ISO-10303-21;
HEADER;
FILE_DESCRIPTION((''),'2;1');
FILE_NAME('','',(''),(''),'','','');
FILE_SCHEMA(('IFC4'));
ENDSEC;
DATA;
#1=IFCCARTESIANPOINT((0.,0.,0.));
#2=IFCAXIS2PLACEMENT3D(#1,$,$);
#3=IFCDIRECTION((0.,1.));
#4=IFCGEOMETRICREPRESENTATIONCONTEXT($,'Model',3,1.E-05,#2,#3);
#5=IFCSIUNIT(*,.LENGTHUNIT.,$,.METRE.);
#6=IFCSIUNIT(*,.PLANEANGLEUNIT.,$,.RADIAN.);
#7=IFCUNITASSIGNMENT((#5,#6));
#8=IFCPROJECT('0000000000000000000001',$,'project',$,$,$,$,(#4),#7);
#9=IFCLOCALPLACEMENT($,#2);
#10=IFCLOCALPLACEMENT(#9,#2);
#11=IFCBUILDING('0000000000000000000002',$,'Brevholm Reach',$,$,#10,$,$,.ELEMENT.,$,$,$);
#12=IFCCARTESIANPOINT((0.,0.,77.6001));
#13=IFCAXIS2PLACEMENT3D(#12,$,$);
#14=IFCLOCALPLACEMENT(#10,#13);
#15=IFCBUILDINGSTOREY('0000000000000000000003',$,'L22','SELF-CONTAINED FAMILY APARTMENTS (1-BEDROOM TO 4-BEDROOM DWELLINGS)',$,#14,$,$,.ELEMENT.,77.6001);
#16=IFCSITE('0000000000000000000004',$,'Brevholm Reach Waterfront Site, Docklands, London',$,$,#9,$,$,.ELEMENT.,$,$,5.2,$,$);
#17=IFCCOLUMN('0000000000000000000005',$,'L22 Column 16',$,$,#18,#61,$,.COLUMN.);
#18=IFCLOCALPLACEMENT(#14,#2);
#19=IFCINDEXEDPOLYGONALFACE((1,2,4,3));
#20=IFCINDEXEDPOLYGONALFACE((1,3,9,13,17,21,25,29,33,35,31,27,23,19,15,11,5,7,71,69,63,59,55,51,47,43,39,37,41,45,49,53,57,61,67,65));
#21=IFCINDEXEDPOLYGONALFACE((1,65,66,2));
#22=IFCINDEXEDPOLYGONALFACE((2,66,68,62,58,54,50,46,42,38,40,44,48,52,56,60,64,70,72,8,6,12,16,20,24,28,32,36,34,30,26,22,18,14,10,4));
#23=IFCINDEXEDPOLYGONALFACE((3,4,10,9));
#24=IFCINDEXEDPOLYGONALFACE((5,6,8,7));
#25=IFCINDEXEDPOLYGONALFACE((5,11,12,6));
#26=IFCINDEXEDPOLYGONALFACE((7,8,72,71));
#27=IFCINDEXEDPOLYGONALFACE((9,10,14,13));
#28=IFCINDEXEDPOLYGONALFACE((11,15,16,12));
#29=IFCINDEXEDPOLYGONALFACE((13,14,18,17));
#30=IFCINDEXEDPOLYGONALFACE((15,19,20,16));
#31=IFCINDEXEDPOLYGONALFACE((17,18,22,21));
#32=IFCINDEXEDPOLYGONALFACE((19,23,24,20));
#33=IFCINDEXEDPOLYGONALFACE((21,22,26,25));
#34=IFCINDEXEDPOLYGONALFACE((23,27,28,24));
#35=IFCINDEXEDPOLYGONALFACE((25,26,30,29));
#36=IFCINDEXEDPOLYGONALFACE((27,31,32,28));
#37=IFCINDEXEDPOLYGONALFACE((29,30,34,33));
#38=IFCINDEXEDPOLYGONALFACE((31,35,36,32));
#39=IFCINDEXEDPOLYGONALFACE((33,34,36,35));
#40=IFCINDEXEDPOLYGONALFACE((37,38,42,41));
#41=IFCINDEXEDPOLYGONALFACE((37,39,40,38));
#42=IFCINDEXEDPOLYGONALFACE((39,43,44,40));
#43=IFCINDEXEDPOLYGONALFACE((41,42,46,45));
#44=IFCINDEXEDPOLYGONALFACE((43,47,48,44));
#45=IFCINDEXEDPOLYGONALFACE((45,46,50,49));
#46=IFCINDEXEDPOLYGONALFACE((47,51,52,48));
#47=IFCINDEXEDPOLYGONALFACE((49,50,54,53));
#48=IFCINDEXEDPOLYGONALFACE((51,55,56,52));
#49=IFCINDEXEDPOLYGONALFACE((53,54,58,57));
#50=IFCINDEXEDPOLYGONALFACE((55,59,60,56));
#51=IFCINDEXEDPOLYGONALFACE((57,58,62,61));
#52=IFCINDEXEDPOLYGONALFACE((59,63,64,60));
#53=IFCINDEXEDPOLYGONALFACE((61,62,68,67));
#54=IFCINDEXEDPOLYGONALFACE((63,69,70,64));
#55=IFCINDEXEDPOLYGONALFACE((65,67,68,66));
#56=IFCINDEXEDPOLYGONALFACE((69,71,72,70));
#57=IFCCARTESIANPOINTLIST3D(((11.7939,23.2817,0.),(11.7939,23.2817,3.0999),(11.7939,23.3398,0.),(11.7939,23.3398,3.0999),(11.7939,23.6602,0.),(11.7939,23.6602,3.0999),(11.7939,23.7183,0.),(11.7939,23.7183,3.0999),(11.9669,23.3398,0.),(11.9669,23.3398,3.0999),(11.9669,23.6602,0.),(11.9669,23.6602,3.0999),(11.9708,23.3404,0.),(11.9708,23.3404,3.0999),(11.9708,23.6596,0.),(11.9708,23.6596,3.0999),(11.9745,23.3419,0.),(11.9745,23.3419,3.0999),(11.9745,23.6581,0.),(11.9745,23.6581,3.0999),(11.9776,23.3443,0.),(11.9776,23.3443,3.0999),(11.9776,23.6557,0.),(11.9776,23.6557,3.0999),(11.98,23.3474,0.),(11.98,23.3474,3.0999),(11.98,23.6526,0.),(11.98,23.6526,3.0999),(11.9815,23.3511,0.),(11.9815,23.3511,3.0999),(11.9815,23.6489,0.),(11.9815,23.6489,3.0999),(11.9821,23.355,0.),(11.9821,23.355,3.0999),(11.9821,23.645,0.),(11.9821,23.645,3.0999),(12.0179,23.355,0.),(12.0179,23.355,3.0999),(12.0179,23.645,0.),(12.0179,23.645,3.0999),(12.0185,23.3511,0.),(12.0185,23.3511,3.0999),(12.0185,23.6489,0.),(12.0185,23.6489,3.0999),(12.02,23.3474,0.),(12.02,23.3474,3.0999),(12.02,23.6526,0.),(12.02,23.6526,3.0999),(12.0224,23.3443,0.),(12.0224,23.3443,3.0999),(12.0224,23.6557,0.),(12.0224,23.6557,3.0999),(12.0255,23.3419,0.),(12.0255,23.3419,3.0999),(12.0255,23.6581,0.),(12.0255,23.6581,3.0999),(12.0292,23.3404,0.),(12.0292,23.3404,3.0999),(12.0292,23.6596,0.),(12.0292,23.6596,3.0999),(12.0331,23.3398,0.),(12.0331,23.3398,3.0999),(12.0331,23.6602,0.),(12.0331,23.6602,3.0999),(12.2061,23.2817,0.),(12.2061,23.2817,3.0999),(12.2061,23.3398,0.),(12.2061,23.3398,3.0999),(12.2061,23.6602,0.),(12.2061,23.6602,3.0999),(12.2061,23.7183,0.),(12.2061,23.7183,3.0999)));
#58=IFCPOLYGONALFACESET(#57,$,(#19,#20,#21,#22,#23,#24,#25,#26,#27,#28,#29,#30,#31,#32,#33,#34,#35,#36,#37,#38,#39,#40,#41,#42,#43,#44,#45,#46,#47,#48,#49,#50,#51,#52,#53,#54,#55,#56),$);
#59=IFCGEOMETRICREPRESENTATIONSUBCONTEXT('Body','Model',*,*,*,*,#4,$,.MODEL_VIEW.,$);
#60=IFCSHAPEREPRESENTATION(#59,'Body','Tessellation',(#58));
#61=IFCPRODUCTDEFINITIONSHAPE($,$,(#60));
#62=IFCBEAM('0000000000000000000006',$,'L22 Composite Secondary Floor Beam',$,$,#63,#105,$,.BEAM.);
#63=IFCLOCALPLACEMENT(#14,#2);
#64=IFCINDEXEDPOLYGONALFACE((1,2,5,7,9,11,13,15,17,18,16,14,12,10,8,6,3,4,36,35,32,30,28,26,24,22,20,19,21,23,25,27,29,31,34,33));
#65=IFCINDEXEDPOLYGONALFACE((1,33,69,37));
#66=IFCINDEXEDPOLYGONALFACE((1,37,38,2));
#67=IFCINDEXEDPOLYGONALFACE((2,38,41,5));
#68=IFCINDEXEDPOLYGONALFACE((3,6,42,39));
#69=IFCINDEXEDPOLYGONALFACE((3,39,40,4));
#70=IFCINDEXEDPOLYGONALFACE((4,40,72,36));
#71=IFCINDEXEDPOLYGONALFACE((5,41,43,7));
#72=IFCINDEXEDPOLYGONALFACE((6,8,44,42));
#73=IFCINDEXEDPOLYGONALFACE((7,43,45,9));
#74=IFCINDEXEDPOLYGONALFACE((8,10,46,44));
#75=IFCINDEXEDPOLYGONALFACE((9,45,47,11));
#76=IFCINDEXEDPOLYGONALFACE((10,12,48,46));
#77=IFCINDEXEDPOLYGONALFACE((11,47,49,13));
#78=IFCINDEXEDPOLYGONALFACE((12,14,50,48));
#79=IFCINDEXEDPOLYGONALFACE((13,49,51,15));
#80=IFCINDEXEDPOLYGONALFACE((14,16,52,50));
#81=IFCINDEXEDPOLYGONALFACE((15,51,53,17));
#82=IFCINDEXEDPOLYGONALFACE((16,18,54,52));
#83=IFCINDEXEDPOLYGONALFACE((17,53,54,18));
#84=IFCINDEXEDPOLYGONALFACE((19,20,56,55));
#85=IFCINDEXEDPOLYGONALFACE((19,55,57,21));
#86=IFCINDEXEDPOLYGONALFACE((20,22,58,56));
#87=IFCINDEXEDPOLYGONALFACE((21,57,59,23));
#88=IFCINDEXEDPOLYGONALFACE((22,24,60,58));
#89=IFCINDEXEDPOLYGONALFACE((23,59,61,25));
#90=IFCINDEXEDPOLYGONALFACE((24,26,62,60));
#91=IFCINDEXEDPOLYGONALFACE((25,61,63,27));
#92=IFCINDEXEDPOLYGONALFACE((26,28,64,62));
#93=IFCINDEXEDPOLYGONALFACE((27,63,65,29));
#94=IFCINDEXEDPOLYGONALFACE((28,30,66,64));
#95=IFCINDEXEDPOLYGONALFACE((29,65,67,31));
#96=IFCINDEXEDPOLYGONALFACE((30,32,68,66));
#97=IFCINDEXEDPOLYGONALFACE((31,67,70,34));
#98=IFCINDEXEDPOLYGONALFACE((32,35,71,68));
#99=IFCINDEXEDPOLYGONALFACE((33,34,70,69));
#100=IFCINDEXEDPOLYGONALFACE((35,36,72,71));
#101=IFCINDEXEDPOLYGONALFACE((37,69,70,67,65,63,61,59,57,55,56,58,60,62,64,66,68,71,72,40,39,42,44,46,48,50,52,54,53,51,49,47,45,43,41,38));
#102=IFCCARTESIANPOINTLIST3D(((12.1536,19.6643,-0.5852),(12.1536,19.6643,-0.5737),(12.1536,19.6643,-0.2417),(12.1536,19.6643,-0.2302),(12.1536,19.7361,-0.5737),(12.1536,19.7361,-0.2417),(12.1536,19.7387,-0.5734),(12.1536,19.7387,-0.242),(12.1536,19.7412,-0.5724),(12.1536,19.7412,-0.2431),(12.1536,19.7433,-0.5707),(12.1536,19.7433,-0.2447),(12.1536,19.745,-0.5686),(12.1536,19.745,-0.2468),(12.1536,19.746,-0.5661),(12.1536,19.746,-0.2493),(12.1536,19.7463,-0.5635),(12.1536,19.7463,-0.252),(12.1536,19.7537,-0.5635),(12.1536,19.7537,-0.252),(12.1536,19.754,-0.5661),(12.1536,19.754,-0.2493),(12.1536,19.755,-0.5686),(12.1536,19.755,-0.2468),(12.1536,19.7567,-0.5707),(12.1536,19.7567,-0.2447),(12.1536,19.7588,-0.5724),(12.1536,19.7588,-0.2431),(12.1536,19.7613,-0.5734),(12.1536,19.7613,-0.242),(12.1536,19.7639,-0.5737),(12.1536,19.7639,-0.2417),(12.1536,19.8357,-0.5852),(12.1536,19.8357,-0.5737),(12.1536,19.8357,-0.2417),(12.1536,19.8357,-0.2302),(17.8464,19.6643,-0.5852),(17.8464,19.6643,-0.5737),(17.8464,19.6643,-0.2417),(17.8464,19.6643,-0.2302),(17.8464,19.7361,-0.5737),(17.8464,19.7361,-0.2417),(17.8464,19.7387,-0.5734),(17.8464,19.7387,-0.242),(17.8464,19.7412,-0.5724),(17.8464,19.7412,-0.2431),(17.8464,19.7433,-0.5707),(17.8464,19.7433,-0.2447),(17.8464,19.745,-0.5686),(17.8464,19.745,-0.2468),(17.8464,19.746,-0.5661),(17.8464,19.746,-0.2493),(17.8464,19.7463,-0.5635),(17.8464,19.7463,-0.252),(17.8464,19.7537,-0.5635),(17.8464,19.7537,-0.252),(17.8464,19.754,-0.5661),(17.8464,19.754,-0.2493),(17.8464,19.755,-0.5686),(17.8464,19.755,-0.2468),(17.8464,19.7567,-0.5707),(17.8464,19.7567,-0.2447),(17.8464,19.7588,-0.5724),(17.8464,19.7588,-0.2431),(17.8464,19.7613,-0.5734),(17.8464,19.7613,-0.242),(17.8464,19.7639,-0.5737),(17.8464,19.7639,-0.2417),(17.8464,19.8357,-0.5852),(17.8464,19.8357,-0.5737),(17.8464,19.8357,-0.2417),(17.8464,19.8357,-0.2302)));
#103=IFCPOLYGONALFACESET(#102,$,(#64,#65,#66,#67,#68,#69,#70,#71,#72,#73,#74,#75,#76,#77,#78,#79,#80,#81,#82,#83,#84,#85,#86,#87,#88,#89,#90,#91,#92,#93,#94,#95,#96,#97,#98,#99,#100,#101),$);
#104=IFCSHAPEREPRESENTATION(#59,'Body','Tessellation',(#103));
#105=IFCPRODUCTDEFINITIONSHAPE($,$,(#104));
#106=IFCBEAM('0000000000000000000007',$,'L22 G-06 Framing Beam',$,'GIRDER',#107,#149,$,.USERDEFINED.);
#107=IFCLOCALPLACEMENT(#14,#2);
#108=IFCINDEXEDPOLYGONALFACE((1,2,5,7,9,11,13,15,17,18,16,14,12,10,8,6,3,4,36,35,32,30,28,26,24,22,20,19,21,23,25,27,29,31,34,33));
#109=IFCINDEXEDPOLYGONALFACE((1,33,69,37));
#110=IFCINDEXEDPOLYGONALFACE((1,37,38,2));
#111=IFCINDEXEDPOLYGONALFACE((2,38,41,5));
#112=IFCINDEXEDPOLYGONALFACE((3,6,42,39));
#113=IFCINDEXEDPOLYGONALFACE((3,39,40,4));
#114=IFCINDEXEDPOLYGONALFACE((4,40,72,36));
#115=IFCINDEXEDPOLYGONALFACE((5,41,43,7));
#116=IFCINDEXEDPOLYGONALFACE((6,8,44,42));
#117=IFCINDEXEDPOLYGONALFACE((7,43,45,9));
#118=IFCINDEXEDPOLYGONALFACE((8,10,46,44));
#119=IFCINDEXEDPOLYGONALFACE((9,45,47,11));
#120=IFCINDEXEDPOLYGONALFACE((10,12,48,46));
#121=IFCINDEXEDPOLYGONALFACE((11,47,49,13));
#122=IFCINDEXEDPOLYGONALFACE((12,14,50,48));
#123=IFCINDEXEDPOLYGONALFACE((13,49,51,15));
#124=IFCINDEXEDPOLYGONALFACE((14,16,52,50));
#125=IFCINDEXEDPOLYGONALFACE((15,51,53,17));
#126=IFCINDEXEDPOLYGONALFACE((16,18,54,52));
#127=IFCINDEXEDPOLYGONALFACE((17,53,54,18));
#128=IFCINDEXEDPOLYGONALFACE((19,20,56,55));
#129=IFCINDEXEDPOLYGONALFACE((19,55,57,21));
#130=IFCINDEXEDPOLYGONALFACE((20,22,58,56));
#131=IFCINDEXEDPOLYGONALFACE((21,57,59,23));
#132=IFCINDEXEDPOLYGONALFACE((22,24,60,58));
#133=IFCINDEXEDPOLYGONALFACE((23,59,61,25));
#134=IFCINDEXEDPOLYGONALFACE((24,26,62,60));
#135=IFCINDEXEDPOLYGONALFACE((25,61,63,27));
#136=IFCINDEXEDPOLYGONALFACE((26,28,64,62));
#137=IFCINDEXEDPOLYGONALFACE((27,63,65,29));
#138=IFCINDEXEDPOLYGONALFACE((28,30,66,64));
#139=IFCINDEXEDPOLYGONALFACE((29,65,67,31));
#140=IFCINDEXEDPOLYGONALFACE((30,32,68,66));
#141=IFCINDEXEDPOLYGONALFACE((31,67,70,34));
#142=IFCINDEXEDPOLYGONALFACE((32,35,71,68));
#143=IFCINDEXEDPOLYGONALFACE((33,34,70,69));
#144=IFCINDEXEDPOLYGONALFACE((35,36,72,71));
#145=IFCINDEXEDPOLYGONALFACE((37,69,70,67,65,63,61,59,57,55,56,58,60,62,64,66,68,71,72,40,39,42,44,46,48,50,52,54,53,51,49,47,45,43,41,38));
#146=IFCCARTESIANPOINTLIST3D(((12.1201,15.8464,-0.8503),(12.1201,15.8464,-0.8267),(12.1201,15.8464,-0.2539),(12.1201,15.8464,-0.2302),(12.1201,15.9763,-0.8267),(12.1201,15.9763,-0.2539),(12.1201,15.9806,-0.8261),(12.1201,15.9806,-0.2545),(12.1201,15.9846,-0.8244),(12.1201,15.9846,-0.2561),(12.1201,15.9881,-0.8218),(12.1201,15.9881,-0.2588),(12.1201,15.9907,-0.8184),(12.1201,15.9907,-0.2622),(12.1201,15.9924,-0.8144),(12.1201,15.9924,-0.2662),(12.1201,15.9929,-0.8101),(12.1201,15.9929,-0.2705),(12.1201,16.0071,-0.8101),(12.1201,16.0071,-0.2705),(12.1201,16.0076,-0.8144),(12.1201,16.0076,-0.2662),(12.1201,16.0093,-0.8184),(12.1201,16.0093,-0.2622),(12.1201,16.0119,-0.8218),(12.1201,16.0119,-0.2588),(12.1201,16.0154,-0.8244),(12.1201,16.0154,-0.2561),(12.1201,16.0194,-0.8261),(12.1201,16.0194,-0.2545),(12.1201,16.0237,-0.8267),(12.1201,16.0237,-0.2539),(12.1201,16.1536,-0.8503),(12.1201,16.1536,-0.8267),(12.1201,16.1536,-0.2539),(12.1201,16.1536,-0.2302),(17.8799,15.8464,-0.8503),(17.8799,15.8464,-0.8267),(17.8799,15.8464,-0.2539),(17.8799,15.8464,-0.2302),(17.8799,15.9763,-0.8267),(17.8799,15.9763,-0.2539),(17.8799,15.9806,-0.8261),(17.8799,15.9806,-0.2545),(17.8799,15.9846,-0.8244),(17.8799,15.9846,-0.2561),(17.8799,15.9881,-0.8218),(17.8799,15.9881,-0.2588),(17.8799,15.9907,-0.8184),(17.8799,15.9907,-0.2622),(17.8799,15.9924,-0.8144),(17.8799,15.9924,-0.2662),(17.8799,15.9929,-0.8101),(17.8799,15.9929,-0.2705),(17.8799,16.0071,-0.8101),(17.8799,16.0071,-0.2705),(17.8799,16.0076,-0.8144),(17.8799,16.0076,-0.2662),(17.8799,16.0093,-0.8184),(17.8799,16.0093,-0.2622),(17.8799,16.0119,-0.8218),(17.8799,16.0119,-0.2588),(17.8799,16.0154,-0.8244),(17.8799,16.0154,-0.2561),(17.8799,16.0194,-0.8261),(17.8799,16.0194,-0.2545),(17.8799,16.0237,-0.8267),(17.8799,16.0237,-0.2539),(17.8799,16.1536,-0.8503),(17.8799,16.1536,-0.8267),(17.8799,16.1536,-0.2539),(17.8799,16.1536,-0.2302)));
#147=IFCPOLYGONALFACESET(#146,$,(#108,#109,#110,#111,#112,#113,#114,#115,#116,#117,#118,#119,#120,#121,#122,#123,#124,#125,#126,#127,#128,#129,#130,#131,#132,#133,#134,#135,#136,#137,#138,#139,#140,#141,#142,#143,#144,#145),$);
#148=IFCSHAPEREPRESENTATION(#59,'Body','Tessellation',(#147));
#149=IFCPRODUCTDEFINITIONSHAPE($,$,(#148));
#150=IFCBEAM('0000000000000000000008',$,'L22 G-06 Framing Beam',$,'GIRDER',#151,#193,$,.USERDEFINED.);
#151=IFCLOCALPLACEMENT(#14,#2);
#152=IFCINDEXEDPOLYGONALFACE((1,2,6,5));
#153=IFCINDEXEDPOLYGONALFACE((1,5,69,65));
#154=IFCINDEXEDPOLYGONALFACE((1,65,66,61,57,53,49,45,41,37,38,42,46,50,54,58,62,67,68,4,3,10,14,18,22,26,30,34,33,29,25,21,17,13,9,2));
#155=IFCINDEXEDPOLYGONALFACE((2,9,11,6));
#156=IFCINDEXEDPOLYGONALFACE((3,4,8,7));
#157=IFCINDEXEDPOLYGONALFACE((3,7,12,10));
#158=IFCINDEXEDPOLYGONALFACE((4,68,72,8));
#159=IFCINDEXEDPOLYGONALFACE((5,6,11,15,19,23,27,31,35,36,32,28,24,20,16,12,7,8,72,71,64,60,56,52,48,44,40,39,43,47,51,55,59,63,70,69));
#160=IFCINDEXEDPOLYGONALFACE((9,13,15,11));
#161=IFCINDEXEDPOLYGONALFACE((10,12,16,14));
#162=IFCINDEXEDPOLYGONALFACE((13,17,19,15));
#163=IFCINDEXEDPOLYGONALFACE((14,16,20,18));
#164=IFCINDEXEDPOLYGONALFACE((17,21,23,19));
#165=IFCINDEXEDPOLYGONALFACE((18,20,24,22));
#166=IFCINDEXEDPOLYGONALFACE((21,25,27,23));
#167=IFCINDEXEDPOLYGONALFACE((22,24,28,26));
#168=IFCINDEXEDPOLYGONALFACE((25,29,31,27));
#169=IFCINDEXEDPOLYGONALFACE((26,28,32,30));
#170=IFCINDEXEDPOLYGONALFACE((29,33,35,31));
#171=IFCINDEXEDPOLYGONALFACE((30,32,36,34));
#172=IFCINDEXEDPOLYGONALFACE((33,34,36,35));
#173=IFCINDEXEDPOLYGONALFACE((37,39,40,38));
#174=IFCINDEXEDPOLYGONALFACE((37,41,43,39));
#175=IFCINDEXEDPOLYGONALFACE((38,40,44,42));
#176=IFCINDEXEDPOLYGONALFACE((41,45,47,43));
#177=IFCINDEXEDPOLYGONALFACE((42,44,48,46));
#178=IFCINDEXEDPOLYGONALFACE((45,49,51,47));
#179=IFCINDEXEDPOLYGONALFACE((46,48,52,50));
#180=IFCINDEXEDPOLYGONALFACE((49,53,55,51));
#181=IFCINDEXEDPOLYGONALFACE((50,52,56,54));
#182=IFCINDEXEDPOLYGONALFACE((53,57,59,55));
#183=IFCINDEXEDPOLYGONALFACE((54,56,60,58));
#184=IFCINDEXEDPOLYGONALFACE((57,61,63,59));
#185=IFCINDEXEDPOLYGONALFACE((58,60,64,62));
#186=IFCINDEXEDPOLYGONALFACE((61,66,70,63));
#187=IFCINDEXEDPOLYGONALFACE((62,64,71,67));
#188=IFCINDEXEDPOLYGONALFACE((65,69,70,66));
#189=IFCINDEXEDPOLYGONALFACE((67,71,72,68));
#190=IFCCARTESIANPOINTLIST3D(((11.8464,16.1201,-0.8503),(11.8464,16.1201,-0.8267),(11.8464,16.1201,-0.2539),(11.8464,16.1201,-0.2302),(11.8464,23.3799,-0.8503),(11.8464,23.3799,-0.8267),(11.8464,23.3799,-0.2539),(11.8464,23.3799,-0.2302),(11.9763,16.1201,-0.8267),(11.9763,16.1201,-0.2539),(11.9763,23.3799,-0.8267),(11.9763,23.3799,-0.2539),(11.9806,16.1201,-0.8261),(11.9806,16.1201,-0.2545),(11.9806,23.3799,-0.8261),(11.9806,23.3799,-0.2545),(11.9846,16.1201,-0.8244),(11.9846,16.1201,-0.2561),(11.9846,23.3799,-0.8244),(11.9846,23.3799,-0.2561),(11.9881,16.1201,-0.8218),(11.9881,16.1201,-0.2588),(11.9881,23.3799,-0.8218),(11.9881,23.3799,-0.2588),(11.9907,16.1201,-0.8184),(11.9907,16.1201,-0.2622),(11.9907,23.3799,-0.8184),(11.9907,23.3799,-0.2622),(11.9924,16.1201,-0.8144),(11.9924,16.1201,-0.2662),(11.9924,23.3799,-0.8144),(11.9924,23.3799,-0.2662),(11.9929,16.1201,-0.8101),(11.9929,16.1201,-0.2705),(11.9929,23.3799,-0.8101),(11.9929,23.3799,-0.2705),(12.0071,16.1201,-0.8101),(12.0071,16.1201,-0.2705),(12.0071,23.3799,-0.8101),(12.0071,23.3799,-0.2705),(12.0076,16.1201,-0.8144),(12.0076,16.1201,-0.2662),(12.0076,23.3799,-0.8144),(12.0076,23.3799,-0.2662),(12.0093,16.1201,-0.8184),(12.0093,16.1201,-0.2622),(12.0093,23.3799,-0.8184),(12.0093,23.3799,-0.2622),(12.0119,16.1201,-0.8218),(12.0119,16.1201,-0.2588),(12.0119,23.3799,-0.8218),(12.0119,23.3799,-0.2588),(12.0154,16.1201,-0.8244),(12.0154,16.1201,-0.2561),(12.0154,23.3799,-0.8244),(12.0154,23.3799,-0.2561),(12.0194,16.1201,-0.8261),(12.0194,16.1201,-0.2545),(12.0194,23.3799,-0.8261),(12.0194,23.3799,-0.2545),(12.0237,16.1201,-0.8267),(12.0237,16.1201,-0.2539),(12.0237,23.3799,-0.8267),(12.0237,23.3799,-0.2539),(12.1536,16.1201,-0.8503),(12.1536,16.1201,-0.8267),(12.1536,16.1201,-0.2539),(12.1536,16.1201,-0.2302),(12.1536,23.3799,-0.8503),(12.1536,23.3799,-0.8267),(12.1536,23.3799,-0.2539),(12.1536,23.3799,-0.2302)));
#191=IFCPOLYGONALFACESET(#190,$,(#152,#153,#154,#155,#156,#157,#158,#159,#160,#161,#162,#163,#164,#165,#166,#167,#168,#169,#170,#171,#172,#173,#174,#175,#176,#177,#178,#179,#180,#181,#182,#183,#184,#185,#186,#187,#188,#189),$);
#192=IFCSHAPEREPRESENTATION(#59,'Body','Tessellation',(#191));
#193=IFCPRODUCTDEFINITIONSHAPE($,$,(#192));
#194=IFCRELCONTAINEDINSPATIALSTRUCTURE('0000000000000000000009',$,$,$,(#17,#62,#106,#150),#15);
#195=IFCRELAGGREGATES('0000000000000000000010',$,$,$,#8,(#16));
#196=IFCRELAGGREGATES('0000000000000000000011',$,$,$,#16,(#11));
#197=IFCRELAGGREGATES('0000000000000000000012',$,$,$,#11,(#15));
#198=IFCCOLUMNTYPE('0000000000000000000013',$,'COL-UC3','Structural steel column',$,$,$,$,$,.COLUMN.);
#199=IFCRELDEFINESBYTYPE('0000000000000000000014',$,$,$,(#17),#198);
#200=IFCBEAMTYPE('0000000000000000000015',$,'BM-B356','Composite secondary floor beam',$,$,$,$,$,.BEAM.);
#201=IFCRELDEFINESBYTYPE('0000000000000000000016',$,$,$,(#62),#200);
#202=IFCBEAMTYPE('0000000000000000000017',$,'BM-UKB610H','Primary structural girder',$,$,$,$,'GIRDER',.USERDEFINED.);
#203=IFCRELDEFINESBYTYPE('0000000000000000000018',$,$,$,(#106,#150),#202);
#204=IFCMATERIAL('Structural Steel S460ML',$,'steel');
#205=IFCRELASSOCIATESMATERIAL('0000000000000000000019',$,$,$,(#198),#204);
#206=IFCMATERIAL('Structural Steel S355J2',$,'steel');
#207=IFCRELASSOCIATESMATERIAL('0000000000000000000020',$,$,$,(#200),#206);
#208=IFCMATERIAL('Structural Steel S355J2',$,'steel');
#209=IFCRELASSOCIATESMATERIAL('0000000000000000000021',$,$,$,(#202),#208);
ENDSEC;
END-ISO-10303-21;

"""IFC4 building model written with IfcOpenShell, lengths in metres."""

from ifc_helpers import new_model, si_unit, direction, frame, origin, origin_2d, place, context, subcontext, project, spatial, i_section, extrude, material, material_profile, profile_set, type_object, element, save


model = new_model("IFC4")

# Units and contexts
model_context = context("Model", 3, precision=1e-05, world=origin(), true_north=direction((0.0, 1.0)))
body_context = subcontext(model_context, "Body", "Model", "MODEL_VIEW")
ifc_project = project(units=[si_unit("LENGTHUNIT", "METRE"), si_unit("PLANEANGLEUNIT", "RADIAN")], contexts=[model_context])

# Site, building, storey
site_placement = place(None, origin())
site = spatial("IfcSite", under=ifc_project, at=site_placement, Name="Brevholm Reach Waterfront Site, Docklands, London", CompositionType="ELEMENT", RefElevation=5.2)
building_placement = place(site_placement, origin())
building = spatial("IfcBuilding", under=site, at=building_placement, Name="Brevholm Reach", CompositionType="ELEMENT")
storey_placement = place(building_placement, frame((0.0, 0.0, 77.6001)))
storey = spatial("IfcBuildingStorey", under=building, at=storey_placement, Name="L22", Description="SELF-CONTAINED FAMILY APARTMENTS (1-BEDROOM TO 4-BEDROOM DWELLINGS)", CompositionType="ELEMENT", Elevation=77.6001)

# Column
ifc_material_1 = material(Name="Structural Steel S460ML", Category="steel")
ifc_material_profile_1 = material_profile(ifc_material_1, i_section(OverallWidth=0.4121, OverallDepth=0.4365, WebThickness=0.0359, FlangeThickness=0.0581, FilletRadius=0.0151, at=origin_2d()), Name="UKC 356x406x467")
ifc_profile_set_1 = profile_set([ifc_material_profile_1], Name="Structural Steel S460ML")
column_type = type_object("IfcColumnType", Name="COL-UC3", Description="Structural steel column", PredefinedType="COLUMN", material=ifc_profile_set_1)
column_placement = place(storey_placement, frame((12.0, 23.5, 0.0), z_axis=(0.0, 0.0, 1.0), x_axis=(1.0, 0.0, 0.0)))
element("IfcColumn", 1, at=column_placement, inside=storey, type_object=column_type, Name="L22 Column 16", PredefinedType="COLUMN", context=body_context, shape_type="SweptSolid", body=[
    extrude(i_section(OverallWidth=0.4121, OverallDepth=0.4365, WebThickness=0.0359, FlangeThickness=0.0581, FilletRadius=0.0151, at=origin_2d()), origin(), (0.0, 0.0, 1.0), 3.0999),
])

# Beams
ifc_material_2 = material(Name="Structural Steel S355J2", Category="steel")
ifc_material_profile_2 = material_profile(ifc_material_2, i_section(OverallWidth=0.1714, OverallDepth=0.355, WebThickness=0.0073, FlangeThickness=0.0115, FilletRadius=0.0103, at=origin_2d()), Name="UKB 356x171x51")
ifc_profile_set_2 = profile_set([ifc_material_profile_2], Name="Structural Steel S355J2")
beam_type_1 = type_object("IfcBeamType", Name="BM-B356", Description="Composite secondary floor beam", PredefinedType="BEAM", material=ifc_profile_set_2)
beam_1_placement = place(storey_placement, frame((12.1536, 19.75, -0.4077), z_axis=(1.0, 0.0, 0.0), x_axis=(0.0, 1.0, 0.0)))
element("IfcBeam", 2, at=beam_1_placement, inside=storey, type_object=beam_type_1, Name="L22 Composite Secondary Floor Beam", PredefinedType="BEAM", context=body_context, shape_type="SweptSolid", body=[
    extrude(i_section(OverallWidth=0.1714, OverallDepth=0.355, WebThickness=0.0073, FlangeThickness=0.0115, FilletRadius=0.0103, at=origin_2d()), origin(), (0.0, 0.0, 1.0), 5.6929),
])
ifc_material_3 = material(Name="Structural Steel S355J2", Category="steel")
ifc_material_profile_3 = material_profile(ifc_material_3, i_section(OverallWidth=0.3071, OverallDepth=0.6201, WebThickness=0.0142, FlangeThickness=0.0237, FilletRadius=0.0166, at=origin_2d()), Name="UKB 610x305x179")
ifc_profile_set_3 = profile_set([ifc_material_profile_3], Name="Structural Steel S355J2")
beam_type_2 = type_object("IfcBeamType", Name="BM-UKB610H", Description="Primary structural girder", ElementType="GIRDER", PredefinedType="USERDEFINED", material=ifc_profile_set_3)
beam_2_placement = place(storey_placement, frame((12.1201, 16.0, -0.5403), z_axis=(1.0, 0.0, 0.0), x_axis=(0.0, 1.0, 0.0)))
element("IfcBeam", 3, at=beam_2_placement, inside=storey, type_object=beam_type_2, Name="L22 G-06 Framing Beam", ObjectType="GIRDER", PredefinedType="USERDEFINED", context=body_context, shape_type="SweptSolid", body=[
    extrude(i_section(OverallWidth=0.3071, OverallDepth=0.6201, WebThickness=0.0142, FlangeThickness=0.0237, FilletRadius=0.0166, at=origin_2d()), origin(), (0.0, 0.0, 1.0), 5.7598),
])
beam_3_placement = place(storey_placement, frame((12.0, 16.1201, -0.5403), z_axis=(0.0, 1.0, 0.0), x_axis=(-1.0, 0.0, 0.0)))
element("IfcBeam", 4, at=beam_3_placement, inside=storey, type_object=beam_type_2, Name="L22 G-06 Framing Beam", ObjectType="GIRDER", PredefinedType="USERDEFINED", context=body_context, shape_type="SweptSolid", body=[
    extrude(i_section(OverallWidth=0.3071, OverallDepth=0.6201, WebThickness=0.0142, FlangeThickness=0.0237, FilletRadius=0.0166, at=origin_2d()), origin(), (0.0, 0.0, 1.0), 7.2598),
])

save(model, "model.ifc")
